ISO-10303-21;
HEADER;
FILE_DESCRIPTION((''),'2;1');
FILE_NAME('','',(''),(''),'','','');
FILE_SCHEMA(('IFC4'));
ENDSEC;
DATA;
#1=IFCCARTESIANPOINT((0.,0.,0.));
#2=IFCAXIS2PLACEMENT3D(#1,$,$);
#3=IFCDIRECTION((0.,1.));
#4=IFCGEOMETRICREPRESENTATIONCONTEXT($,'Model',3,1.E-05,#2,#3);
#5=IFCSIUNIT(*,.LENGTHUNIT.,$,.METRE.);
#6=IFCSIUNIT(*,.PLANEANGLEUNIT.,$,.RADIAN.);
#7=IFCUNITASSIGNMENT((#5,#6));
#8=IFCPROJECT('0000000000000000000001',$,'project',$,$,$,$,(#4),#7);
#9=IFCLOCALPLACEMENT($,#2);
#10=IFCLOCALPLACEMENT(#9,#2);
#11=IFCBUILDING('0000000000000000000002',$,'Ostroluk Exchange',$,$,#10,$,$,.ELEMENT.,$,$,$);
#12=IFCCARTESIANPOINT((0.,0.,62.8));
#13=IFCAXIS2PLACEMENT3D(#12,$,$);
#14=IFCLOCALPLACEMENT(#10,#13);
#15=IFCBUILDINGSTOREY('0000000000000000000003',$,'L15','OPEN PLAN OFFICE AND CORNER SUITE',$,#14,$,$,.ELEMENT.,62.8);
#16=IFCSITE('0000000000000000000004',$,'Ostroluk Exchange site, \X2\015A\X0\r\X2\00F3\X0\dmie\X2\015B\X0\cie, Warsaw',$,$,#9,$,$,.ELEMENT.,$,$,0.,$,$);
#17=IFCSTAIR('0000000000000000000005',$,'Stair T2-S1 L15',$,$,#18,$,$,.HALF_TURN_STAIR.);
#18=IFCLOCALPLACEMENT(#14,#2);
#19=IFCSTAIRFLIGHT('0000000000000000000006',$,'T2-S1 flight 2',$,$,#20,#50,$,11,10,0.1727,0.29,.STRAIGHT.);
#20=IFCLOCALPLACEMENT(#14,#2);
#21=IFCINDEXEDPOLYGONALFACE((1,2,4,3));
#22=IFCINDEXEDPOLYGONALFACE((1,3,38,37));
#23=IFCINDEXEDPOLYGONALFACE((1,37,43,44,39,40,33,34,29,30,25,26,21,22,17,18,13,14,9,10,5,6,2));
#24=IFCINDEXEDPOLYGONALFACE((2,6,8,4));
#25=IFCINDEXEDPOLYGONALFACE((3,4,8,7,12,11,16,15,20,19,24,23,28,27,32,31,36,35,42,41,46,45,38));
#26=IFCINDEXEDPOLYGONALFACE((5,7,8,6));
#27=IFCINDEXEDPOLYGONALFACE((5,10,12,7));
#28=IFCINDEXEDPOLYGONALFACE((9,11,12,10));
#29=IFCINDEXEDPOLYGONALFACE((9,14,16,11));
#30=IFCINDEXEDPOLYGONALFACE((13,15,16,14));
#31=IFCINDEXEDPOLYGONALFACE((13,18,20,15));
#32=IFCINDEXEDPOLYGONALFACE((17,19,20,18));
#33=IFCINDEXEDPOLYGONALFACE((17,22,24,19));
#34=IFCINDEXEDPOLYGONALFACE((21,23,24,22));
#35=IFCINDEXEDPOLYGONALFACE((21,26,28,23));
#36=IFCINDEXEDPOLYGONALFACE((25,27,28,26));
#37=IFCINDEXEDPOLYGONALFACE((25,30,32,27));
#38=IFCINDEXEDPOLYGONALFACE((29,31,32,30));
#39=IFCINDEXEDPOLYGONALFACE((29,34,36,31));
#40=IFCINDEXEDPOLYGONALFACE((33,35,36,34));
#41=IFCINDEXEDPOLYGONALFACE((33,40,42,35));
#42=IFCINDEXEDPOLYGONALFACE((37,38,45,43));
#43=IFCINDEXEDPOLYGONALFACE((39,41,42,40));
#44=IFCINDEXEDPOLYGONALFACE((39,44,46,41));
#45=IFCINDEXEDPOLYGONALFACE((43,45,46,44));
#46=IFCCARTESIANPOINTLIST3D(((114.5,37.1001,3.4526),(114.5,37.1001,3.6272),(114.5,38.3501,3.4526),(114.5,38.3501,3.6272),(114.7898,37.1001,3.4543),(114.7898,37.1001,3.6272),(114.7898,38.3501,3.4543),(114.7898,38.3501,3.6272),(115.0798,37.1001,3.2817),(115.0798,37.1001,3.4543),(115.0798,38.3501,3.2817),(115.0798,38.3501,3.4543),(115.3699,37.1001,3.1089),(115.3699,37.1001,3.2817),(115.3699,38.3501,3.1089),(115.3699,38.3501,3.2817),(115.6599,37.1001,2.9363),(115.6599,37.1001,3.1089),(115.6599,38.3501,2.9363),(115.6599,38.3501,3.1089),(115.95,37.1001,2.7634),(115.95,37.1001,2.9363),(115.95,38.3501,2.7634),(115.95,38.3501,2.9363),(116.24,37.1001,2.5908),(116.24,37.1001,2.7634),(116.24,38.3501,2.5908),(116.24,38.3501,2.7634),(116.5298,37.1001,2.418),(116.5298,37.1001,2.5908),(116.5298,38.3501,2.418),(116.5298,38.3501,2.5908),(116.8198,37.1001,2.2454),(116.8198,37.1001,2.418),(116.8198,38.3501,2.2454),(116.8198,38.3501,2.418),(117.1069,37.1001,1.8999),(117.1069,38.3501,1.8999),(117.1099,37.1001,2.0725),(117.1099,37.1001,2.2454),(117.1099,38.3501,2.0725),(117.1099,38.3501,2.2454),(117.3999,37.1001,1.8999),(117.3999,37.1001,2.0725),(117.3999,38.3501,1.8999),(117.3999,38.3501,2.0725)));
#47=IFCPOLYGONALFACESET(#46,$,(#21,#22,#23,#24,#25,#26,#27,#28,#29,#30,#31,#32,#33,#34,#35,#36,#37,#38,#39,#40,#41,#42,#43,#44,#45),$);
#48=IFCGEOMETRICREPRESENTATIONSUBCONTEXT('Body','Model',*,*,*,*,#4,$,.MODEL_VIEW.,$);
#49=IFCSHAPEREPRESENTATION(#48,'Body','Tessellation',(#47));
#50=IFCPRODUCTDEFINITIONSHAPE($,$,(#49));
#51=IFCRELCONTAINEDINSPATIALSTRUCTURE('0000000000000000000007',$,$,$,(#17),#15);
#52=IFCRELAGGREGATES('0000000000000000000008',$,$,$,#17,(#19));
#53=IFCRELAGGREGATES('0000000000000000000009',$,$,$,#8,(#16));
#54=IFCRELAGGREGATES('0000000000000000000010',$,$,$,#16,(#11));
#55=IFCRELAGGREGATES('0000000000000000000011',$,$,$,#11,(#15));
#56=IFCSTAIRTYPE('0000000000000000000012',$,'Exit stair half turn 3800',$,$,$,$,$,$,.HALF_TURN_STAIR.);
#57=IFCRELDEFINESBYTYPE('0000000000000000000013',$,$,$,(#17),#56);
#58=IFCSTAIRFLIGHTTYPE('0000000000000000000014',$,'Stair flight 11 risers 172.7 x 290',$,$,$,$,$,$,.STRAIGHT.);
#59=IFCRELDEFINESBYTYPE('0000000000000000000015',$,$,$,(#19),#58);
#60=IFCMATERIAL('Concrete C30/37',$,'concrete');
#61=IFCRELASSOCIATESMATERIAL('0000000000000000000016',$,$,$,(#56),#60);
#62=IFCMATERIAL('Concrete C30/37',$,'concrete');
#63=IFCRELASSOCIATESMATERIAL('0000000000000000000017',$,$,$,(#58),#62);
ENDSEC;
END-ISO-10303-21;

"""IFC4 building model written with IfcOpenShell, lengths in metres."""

from ifc_helpers import new_model, si_unit, direction, frame, origin, place, context, subcontext, project, spatial, polyline, outline, extrude, material, type_object, element, aggregate, save


model = new_model("IFC4")

# Units and contexts
model_context = context("Model", 3, precision=1e-05, world=origin(), true_north=direction((0.0, 1.0)))
body_context = subcontext(model_context, "Body", "Model", "MODEL_VIEW")
ifc_project = project(units=[si_unit("LENGTHUNIT", "METRE"), si_unit("PLANEANGLEUNIT", "RADIAN")], contexts=[model_context])

# Site, building, storey
site_placement = place(None, origin())
site = spatial("IfcSite", under=ifc_project, at=site_placement, Name="Ostroluk Exchange site, Śródmieście, Warsaw", CompositionType="ELEMENT", RefElevation=0.0)
building_placement = place(site_placement, origin())
building = spatial("IfcBuilding", under=site, at=building_placement, Name="Ostroluk Exchange", CompositionType="ELEMENT")
storey_placement = place(building_placement, frame((0.0, 0.0, 62.8)))
storey = spatial("IfcBuildingStorey", under=building, at=storey_placement, Name="L15", Description="OPEN PLAN OFFICE AND CORNER SUITE", CompositionType="ELEMENT", Elevation=62.8)

# Stair, stair flight
ifc_material_1 = material(Name="Concrete C30/37", Category="concrete")
stair_type = type_object("IfcStairType", Name="Exit stair half turn 3800", PredefinedType="HALF_TURN_STAIR", material=ifc_material_1)
stair_placement = place(storey_placement, origin())
stair = element("IfcStair", 1, at=stair_placement, inside=storey, type_object=stair_type, Name="Stair T2-S1 L15", PredefinedType="HALF_TURN_STAIR")
ifc_material_2 = material(Name="Concrete C30/37", Category="concrete")
stair_flight_type = type_object("IfcStairFlightType", Name="Stair flight 11 risers 172.7 x 290", PredefinedType="STRAIGHT", material=ifc_material_2)
stair_flight_1_placement = place(storey_placement, frame((117.3999, 37.7251, 1.8999), z_axis=(0.0, 0.0, 1.0), x_axis=(-1.0, 0.0, 0.0)))
stair_flight_1 = element("IfcStairFlight", 2, at=stair_flight_1_placement, type_object=stair_flight_type, Name="T2-S1 flight 2", NumberOfRisers=11, NumberOfTreads=10, PredefinedType="STRAIGHT", RiserHeight=0.1727, TreadLength=0.29, context=body_context, shape_type="SweptSolid", body=[
    extrude(outline(polyline([(0.0, 0.0), (0.0, 0.1726), (0.29, 0.1726), (0.29, 0.3455), (0.5801, 0.3455), (0.5801, 0.5181), (0.8701, 0.5181), (0.8701, 0.6909), (1.1599, 0.6909), (1.1599, 0.8635), (1.45, 0.8635), (1.45, 1.0364), (1.74, 1.0364), (1.74, 1.209), (2.03, 1.209), (2.03, 1.3818), (2.3201, 1.3818), (2.3201, 1.5544), (2.6101, 1.5544), (2.6101, 1.7273), (2.8999, 1.7273), (2.8999, 1.8999), (2.8999, 1.5527), (0.293, 0.0), (0.0, 0.0)])), frame((0.0, 0.625, 0.0), z_axis=(0.0, -1.0, 0.0), x_axis=(1.0, 0.0, 0.0)), (0.0, 0.0, 1.0), 1.25),
])
aggregate(stair, [stair_flight_1])

save(model, "model.ifc")
